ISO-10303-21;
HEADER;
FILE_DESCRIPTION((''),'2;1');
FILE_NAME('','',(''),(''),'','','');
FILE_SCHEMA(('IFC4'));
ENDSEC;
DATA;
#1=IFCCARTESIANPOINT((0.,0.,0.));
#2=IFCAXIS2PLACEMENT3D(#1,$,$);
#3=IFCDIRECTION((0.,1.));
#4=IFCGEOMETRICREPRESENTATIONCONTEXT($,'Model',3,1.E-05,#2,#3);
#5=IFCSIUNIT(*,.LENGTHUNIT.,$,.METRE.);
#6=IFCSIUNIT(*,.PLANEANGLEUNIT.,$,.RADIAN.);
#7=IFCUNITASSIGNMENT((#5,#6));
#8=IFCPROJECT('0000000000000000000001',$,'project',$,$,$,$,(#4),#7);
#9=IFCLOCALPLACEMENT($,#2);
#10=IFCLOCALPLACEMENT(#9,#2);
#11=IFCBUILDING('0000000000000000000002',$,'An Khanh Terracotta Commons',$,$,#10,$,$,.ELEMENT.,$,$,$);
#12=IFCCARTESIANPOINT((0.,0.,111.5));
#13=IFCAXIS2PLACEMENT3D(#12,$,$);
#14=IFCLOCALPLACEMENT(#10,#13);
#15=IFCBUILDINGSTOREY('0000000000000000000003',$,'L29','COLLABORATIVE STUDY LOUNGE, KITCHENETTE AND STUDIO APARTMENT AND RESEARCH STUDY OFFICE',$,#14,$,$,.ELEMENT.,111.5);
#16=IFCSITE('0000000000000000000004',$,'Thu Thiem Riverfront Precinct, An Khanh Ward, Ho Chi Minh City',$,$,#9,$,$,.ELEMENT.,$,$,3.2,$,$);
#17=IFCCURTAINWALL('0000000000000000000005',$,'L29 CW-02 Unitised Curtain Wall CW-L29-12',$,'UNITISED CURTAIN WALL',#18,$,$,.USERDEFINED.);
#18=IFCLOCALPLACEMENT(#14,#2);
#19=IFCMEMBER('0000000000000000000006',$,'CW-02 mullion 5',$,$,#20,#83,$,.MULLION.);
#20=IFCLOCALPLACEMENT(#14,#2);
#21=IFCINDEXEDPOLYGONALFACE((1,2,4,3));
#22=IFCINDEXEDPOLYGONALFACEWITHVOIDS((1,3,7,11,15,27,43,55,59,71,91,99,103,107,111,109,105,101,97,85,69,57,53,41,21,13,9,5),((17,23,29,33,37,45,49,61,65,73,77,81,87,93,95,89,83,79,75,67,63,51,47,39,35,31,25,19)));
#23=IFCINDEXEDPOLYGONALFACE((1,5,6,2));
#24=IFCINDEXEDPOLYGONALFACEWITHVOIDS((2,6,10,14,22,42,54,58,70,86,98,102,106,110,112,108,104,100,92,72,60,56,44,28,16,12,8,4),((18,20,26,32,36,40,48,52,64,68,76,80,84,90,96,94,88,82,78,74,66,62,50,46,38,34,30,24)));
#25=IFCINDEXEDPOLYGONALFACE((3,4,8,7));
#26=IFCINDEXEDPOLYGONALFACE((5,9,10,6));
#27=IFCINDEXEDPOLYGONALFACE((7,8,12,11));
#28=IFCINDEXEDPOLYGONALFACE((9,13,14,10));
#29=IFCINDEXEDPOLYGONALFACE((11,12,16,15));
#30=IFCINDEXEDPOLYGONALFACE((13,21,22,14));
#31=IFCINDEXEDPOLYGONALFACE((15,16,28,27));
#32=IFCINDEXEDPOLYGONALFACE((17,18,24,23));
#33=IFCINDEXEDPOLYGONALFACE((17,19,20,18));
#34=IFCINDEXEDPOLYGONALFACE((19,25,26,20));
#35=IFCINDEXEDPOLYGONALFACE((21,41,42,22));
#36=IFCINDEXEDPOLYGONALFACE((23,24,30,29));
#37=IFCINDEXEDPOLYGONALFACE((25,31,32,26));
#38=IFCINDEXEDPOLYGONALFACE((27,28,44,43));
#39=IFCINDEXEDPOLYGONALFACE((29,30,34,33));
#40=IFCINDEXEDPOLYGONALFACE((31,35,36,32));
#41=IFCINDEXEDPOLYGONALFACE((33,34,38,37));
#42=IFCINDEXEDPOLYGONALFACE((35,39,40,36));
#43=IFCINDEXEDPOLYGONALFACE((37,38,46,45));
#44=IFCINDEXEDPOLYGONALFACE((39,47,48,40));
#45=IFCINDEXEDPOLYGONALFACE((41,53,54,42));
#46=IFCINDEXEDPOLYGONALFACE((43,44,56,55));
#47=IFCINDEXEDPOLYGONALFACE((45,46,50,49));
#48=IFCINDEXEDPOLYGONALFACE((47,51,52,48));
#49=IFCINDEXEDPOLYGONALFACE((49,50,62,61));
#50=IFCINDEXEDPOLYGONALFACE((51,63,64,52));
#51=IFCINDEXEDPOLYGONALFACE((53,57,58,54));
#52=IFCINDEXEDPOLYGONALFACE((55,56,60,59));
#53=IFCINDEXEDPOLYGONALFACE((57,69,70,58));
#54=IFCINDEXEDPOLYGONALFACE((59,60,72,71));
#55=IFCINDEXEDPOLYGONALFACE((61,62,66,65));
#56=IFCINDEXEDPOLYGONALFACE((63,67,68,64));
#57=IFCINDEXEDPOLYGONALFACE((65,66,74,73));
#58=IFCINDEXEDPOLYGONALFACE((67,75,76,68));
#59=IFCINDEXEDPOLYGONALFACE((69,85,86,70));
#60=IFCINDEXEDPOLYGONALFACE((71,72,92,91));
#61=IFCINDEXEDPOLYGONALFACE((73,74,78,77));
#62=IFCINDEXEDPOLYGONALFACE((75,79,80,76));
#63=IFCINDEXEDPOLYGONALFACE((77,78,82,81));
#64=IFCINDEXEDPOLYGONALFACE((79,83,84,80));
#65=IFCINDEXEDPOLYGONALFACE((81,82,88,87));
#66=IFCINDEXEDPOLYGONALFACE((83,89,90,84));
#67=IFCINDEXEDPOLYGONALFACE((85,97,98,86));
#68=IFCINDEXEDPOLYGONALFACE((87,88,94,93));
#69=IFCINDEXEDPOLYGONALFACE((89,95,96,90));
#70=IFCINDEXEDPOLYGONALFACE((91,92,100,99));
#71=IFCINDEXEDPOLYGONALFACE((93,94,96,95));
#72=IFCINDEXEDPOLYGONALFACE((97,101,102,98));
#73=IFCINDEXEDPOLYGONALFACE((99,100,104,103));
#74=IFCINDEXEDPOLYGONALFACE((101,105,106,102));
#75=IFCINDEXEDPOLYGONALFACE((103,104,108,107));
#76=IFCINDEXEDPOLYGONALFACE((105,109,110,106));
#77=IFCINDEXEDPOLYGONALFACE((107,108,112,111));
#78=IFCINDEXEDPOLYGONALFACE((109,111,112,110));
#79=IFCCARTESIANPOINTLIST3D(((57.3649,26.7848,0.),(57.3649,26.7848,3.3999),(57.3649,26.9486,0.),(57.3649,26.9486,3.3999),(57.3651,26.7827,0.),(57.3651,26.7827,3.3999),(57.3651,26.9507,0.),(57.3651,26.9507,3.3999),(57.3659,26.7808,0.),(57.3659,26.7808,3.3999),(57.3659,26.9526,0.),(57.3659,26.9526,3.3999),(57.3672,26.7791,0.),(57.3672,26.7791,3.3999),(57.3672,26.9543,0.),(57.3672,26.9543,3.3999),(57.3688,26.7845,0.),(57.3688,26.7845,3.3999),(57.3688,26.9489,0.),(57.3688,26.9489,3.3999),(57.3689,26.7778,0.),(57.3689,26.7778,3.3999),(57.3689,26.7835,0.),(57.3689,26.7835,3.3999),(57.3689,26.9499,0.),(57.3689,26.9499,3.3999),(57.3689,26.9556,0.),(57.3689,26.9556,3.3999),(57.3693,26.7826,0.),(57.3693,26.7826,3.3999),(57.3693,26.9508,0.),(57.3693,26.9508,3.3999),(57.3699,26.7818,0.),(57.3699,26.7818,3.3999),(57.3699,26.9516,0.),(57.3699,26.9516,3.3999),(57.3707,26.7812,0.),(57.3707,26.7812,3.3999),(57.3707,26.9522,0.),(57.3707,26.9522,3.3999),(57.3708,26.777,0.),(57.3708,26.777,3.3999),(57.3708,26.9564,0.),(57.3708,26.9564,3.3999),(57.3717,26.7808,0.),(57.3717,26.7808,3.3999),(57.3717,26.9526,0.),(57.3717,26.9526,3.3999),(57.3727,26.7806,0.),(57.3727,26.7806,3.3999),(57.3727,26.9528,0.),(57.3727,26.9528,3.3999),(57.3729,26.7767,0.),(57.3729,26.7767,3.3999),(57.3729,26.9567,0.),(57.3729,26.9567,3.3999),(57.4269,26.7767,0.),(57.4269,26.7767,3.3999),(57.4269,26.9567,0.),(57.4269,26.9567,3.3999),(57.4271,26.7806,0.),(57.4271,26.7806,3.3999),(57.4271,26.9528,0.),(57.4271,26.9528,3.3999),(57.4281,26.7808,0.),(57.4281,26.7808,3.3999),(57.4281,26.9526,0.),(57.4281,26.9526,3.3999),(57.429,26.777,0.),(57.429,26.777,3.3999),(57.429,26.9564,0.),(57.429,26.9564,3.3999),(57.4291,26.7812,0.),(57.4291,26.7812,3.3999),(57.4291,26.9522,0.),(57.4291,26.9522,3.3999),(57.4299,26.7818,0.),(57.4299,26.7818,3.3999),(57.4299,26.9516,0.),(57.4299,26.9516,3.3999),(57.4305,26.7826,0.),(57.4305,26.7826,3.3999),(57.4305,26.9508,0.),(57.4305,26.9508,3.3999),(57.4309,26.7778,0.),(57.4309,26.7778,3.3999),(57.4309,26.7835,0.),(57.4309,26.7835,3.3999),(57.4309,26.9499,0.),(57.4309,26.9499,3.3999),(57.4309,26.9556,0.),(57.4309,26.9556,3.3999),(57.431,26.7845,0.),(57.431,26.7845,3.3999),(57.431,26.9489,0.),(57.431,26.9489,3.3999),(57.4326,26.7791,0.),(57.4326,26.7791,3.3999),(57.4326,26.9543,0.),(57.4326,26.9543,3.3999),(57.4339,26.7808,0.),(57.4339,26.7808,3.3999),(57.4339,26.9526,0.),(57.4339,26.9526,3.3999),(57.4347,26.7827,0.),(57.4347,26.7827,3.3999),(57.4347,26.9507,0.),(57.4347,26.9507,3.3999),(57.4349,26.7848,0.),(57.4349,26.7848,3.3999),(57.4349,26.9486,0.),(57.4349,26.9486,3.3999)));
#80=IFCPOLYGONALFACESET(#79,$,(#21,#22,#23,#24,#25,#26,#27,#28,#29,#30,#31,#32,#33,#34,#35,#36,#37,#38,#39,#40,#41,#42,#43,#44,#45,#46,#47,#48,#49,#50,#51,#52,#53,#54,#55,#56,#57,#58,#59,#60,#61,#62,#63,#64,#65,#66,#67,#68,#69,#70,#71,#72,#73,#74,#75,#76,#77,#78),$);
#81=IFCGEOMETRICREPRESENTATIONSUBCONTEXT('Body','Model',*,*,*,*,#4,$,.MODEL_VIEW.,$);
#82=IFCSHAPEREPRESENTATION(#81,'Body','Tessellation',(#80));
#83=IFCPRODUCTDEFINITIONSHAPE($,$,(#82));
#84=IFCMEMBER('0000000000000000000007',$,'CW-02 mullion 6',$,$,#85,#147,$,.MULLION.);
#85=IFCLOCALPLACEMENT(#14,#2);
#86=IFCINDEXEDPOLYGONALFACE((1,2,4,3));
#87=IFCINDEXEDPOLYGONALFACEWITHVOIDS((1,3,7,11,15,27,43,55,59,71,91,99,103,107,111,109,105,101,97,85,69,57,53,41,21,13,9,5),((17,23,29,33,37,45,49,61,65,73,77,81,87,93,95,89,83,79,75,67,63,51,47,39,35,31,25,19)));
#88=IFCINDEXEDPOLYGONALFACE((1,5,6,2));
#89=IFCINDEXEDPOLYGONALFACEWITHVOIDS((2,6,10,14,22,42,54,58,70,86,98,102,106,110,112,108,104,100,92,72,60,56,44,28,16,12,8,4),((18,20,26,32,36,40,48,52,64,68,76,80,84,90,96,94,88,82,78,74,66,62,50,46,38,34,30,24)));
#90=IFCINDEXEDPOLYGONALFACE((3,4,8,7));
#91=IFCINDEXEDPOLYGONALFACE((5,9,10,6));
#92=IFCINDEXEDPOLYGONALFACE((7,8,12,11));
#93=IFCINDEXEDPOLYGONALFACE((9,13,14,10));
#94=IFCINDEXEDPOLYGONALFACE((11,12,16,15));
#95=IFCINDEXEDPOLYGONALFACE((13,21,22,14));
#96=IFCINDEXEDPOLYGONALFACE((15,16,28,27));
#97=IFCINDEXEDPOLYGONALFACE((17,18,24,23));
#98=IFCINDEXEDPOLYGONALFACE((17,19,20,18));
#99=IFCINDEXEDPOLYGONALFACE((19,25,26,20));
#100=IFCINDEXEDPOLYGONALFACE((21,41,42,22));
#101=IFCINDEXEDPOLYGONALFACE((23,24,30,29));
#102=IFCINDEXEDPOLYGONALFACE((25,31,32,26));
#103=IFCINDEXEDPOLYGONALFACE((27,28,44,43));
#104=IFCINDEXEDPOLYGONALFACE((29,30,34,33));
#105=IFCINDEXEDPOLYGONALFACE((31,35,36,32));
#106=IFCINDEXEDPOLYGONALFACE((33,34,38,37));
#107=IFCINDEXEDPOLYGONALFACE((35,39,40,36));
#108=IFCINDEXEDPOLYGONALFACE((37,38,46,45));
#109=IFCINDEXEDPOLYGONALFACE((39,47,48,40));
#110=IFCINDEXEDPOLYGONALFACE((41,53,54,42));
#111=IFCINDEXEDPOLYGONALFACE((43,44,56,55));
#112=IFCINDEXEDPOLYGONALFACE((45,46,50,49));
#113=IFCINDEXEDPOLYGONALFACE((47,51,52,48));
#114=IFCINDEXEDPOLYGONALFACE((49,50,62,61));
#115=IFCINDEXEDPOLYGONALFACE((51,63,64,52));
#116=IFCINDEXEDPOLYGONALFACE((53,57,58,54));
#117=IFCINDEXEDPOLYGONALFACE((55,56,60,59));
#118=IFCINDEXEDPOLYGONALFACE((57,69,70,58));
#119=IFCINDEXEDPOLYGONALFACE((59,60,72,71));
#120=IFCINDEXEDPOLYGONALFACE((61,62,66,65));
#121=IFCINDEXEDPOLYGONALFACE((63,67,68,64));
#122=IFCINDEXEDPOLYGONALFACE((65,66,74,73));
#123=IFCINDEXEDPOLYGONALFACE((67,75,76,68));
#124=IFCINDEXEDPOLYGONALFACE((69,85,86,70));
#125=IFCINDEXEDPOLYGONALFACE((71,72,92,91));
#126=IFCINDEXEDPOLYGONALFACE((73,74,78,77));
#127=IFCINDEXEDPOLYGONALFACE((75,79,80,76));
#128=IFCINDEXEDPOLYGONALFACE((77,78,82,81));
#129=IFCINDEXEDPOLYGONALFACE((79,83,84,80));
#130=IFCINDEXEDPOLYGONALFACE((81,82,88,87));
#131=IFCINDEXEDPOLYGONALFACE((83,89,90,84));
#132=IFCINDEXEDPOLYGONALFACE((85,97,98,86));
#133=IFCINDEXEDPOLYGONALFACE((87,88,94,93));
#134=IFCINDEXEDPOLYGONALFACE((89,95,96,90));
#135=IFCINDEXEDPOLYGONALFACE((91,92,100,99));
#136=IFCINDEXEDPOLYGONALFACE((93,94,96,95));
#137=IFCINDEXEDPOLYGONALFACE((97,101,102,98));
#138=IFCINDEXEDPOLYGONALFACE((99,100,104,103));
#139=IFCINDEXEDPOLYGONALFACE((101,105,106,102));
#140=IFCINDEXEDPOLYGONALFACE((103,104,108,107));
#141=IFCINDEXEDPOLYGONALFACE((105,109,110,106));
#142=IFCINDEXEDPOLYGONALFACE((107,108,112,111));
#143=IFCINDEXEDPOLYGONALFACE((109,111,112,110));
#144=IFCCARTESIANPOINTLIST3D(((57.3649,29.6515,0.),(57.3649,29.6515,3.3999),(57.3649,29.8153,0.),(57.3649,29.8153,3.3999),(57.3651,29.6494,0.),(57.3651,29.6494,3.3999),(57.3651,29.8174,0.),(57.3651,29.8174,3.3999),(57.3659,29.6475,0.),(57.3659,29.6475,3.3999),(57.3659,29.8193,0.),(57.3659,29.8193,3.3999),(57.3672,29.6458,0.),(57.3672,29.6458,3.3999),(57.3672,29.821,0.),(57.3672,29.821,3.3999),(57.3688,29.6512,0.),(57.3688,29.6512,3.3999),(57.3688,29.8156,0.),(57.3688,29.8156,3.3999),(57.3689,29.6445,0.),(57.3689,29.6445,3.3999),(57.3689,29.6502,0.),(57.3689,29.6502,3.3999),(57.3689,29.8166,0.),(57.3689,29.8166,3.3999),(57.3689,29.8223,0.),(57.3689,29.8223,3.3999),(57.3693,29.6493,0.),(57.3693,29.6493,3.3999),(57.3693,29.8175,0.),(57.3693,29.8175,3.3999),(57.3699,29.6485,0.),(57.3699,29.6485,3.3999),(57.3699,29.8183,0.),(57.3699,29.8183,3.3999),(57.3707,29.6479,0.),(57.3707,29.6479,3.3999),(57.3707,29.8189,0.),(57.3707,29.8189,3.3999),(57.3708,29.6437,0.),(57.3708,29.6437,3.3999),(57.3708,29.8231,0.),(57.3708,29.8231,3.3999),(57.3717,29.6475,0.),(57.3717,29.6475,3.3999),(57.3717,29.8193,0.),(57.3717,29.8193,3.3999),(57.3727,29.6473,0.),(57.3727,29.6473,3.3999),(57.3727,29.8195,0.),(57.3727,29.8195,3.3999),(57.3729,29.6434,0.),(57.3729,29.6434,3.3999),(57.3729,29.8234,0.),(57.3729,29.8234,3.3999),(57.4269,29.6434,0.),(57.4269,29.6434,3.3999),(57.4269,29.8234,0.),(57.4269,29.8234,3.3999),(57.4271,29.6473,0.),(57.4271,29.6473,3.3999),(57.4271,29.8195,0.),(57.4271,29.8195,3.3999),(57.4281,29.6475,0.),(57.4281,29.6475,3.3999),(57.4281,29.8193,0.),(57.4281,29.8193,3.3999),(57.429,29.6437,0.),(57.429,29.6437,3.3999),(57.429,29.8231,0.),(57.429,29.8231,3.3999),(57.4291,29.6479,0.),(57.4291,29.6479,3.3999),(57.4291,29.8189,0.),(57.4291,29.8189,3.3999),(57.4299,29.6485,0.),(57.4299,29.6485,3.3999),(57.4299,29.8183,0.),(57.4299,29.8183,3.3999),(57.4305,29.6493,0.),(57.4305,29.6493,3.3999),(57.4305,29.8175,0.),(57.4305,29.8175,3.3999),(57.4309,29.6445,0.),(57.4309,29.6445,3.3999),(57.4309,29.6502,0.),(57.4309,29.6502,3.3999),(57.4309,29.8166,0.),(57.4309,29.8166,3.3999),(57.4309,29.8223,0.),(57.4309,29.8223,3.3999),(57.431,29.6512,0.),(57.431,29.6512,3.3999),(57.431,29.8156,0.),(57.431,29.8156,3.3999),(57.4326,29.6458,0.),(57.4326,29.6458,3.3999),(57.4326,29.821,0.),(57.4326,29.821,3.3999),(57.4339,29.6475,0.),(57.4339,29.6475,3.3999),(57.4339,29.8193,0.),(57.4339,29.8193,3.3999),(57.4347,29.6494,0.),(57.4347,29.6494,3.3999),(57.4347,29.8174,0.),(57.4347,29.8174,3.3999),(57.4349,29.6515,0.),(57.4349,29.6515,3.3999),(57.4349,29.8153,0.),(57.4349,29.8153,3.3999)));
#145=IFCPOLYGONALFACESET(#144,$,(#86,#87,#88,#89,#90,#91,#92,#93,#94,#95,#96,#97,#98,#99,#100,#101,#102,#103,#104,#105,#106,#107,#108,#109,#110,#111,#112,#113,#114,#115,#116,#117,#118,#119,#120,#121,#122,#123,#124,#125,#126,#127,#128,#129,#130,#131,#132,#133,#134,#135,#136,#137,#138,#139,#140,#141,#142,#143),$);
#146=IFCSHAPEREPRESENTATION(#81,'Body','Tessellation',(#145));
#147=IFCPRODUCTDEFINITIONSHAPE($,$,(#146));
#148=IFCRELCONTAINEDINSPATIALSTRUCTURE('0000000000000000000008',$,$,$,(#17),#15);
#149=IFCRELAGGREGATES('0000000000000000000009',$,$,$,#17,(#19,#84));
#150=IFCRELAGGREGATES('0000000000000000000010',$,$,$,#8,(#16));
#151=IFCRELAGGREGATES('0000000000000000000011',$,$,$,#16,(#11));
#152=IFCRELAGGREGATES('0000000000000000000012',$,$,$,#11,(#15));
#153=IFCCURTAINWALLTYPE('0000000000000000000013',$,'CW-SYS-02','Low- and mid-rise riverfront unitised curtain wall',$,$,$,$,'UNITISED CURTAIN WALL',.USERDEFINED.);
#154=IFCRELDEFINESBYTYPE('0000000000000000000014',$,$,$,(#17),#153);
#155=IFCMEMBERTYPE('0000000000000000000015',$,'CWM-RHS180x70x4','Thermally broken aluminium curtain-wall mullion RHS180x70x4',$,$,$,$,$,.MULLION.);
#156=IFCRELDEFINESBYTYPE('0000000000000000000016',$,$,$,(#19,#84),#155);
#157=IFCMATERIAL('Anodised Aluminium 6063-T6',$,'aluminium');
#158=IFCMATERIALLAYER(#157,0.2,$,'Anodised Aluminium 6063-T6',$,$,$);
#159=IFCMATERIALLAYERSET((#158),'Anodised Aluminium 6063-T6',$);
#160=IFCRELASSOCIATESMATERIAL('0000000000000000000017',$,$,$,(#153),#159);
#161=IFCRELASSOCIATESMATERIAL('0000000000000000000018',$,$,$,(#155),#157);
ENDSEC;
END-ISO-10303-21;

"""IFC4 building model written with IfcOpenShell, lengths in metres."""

from ifc_helpers import new_model, si_unit, direction, frame, origin, origin_2d, place, context, subcontext, project, spatial, hollow_rectangle, extrude, material, layer, layer_set, material_profile, profile_set, type_object, element, aggregate, save


model = new_model("IFC4")

# Units and contexts
model_context = context("Model", 3, precision=1e-05, world=origin(), true_north=direction((0.0, 1.0)))
body_context = subcontext(model_context, "Body", "Model", "MODEL_VIEW")
ifc_project = project(units=[si_unit("LENGTHUNIT", "METRE"), si_unit("PLANEANGLEUNIT", "RADIAN")], contexts=[model_context])

# Site, building, storey
site_placement = place(None, origin())
site = spatial("IfcSite", under=ifc_project, at=site_placement, Name="Thu Thiem Riverfront Precinct, An Khanh Ward, Ho Chi Minh City", CompositionType="ELEMENT", RefElevation=3.2)
building_placement = place(site_placement, origin())
building = spatial("IfcBuilding", under=site, at=building_placement, Name="An Khanh Terracotta Commons", CompositionType="ELEMENT")
storey_placement = place(building_placement, frame((0.0, 0.0, 111.5)))
storey = spatial("IfcBuildingStorey", under=building, at=storey_placement, Name="L29", Description="COLLABORATIVE STUDY LOUNGE, KITCHENETTE AND STUDIO APARTMENT AND RESEARCH STUDY OFFICE", CompositionType="ELEMENT", Elevation=111.5)

# Curtain wall, members
ifc_material_1 = material(Name="Anodised Aluminium 6063-T6", Category="aluminium")
ifc_layer_1 = layer(ifc_material_1, 0.2, Name="Anodised Aluminium 6063-T6")
ifc_layer_set_1 = layer_set([ifc_layer_1], Name="Anodised Aluminium 6063-T6")
curtain_wall_type = type_object("IfcCurtainWallType", Name="CW-SYS-02", Description="Low- and mid-rise riverfront unitised curtain wall", ElementType="UNITISED CURTAIN WALL", PredefinedType="USERDEFINED", material=ifc_layer_set_1)
curtain_wall_placement = place(storey_placement, origin())
curtain_wall = element("IfcCurtainWall", 1, at=curtain_wall_placement, inside=storey, type_object=curtain_wall_type, Name="L29 CW-02 Unitised Curtain Wall CW-L29-12", ObjectType="UNITISED CURTAIN WALL", PredefinedType="USERDEFINED")
ifc_material_profile_1 = material_profile(ifc_material_1, hollow_rectangle(XDim=0.0701, YDim=0.1799, WallThickness=0.0039, InnerFilletRadius=0.0039, OuterFilletRadius=0.0081, at=origin_2d()), Name="RHS180x70x4")
ifc_profile_set_1 = profile_set([ifc_material_profile_1], Name="Anodised Aluminium 6063-T6")
member_type_1 = type_object("IfcMemberType", Name="CWM-RHS180x70x4", Description="Thermally broken aluminium curtain-wall mullion RHS180x70x4", PredefinedType="MULLION", material=ifc_profile_set_1)
member_1_placement = place(storey_placement, frame((57.3999, 26.8667, 0.0), z_axis=(0.0, 0.0, 1.0), x_axis=(-1.0, 0.0, 0.0)))
member_1 = element("IfcMember", 2, at=member_1_placement, type_object=member_type_1, Name="CW-02 mullion 5", PredefinedType="MULLION", context=body_context, shape_type="SweptSolid", body=[
    extrude(hollow_rectangle(XDim=0.0701, YDim=0.1799, WallThickness=0.0039, InnerFilletRadius=0.0039, OuterFilletRadius=0.0081, at=origin_2d()), origin(), (0.0, 0.0, 1.0), 3.3999),
])
member_2_placement = place(storey_placement, frame((57.3999, 29.7334, 0.0), z_axis=(0.0, 0.0, 1.0), x_axis=(-1.0, 0.0, 0.0)))
member_2 = element("IfcMember", 3, at=member_2_placement, type_object=member_type_1, Name="CW-02 mullion 6", PredefinedType="MULLION", context=body_context, shape_type="SweptSolid", body=[
    extrude(hollow_rectangle(XDim=0.0701, YDim=0.1799, WallThickness=0.0039, InnerFilletRadius=0.0039, OuterFilletRadius=0.0081, at=origin_2d()), origin(), (0.0, 0.0, 1.0), 3.3999),
])
aggregate(curtain_wall, [member_1, member_2])

save(model, "model.ifc")
